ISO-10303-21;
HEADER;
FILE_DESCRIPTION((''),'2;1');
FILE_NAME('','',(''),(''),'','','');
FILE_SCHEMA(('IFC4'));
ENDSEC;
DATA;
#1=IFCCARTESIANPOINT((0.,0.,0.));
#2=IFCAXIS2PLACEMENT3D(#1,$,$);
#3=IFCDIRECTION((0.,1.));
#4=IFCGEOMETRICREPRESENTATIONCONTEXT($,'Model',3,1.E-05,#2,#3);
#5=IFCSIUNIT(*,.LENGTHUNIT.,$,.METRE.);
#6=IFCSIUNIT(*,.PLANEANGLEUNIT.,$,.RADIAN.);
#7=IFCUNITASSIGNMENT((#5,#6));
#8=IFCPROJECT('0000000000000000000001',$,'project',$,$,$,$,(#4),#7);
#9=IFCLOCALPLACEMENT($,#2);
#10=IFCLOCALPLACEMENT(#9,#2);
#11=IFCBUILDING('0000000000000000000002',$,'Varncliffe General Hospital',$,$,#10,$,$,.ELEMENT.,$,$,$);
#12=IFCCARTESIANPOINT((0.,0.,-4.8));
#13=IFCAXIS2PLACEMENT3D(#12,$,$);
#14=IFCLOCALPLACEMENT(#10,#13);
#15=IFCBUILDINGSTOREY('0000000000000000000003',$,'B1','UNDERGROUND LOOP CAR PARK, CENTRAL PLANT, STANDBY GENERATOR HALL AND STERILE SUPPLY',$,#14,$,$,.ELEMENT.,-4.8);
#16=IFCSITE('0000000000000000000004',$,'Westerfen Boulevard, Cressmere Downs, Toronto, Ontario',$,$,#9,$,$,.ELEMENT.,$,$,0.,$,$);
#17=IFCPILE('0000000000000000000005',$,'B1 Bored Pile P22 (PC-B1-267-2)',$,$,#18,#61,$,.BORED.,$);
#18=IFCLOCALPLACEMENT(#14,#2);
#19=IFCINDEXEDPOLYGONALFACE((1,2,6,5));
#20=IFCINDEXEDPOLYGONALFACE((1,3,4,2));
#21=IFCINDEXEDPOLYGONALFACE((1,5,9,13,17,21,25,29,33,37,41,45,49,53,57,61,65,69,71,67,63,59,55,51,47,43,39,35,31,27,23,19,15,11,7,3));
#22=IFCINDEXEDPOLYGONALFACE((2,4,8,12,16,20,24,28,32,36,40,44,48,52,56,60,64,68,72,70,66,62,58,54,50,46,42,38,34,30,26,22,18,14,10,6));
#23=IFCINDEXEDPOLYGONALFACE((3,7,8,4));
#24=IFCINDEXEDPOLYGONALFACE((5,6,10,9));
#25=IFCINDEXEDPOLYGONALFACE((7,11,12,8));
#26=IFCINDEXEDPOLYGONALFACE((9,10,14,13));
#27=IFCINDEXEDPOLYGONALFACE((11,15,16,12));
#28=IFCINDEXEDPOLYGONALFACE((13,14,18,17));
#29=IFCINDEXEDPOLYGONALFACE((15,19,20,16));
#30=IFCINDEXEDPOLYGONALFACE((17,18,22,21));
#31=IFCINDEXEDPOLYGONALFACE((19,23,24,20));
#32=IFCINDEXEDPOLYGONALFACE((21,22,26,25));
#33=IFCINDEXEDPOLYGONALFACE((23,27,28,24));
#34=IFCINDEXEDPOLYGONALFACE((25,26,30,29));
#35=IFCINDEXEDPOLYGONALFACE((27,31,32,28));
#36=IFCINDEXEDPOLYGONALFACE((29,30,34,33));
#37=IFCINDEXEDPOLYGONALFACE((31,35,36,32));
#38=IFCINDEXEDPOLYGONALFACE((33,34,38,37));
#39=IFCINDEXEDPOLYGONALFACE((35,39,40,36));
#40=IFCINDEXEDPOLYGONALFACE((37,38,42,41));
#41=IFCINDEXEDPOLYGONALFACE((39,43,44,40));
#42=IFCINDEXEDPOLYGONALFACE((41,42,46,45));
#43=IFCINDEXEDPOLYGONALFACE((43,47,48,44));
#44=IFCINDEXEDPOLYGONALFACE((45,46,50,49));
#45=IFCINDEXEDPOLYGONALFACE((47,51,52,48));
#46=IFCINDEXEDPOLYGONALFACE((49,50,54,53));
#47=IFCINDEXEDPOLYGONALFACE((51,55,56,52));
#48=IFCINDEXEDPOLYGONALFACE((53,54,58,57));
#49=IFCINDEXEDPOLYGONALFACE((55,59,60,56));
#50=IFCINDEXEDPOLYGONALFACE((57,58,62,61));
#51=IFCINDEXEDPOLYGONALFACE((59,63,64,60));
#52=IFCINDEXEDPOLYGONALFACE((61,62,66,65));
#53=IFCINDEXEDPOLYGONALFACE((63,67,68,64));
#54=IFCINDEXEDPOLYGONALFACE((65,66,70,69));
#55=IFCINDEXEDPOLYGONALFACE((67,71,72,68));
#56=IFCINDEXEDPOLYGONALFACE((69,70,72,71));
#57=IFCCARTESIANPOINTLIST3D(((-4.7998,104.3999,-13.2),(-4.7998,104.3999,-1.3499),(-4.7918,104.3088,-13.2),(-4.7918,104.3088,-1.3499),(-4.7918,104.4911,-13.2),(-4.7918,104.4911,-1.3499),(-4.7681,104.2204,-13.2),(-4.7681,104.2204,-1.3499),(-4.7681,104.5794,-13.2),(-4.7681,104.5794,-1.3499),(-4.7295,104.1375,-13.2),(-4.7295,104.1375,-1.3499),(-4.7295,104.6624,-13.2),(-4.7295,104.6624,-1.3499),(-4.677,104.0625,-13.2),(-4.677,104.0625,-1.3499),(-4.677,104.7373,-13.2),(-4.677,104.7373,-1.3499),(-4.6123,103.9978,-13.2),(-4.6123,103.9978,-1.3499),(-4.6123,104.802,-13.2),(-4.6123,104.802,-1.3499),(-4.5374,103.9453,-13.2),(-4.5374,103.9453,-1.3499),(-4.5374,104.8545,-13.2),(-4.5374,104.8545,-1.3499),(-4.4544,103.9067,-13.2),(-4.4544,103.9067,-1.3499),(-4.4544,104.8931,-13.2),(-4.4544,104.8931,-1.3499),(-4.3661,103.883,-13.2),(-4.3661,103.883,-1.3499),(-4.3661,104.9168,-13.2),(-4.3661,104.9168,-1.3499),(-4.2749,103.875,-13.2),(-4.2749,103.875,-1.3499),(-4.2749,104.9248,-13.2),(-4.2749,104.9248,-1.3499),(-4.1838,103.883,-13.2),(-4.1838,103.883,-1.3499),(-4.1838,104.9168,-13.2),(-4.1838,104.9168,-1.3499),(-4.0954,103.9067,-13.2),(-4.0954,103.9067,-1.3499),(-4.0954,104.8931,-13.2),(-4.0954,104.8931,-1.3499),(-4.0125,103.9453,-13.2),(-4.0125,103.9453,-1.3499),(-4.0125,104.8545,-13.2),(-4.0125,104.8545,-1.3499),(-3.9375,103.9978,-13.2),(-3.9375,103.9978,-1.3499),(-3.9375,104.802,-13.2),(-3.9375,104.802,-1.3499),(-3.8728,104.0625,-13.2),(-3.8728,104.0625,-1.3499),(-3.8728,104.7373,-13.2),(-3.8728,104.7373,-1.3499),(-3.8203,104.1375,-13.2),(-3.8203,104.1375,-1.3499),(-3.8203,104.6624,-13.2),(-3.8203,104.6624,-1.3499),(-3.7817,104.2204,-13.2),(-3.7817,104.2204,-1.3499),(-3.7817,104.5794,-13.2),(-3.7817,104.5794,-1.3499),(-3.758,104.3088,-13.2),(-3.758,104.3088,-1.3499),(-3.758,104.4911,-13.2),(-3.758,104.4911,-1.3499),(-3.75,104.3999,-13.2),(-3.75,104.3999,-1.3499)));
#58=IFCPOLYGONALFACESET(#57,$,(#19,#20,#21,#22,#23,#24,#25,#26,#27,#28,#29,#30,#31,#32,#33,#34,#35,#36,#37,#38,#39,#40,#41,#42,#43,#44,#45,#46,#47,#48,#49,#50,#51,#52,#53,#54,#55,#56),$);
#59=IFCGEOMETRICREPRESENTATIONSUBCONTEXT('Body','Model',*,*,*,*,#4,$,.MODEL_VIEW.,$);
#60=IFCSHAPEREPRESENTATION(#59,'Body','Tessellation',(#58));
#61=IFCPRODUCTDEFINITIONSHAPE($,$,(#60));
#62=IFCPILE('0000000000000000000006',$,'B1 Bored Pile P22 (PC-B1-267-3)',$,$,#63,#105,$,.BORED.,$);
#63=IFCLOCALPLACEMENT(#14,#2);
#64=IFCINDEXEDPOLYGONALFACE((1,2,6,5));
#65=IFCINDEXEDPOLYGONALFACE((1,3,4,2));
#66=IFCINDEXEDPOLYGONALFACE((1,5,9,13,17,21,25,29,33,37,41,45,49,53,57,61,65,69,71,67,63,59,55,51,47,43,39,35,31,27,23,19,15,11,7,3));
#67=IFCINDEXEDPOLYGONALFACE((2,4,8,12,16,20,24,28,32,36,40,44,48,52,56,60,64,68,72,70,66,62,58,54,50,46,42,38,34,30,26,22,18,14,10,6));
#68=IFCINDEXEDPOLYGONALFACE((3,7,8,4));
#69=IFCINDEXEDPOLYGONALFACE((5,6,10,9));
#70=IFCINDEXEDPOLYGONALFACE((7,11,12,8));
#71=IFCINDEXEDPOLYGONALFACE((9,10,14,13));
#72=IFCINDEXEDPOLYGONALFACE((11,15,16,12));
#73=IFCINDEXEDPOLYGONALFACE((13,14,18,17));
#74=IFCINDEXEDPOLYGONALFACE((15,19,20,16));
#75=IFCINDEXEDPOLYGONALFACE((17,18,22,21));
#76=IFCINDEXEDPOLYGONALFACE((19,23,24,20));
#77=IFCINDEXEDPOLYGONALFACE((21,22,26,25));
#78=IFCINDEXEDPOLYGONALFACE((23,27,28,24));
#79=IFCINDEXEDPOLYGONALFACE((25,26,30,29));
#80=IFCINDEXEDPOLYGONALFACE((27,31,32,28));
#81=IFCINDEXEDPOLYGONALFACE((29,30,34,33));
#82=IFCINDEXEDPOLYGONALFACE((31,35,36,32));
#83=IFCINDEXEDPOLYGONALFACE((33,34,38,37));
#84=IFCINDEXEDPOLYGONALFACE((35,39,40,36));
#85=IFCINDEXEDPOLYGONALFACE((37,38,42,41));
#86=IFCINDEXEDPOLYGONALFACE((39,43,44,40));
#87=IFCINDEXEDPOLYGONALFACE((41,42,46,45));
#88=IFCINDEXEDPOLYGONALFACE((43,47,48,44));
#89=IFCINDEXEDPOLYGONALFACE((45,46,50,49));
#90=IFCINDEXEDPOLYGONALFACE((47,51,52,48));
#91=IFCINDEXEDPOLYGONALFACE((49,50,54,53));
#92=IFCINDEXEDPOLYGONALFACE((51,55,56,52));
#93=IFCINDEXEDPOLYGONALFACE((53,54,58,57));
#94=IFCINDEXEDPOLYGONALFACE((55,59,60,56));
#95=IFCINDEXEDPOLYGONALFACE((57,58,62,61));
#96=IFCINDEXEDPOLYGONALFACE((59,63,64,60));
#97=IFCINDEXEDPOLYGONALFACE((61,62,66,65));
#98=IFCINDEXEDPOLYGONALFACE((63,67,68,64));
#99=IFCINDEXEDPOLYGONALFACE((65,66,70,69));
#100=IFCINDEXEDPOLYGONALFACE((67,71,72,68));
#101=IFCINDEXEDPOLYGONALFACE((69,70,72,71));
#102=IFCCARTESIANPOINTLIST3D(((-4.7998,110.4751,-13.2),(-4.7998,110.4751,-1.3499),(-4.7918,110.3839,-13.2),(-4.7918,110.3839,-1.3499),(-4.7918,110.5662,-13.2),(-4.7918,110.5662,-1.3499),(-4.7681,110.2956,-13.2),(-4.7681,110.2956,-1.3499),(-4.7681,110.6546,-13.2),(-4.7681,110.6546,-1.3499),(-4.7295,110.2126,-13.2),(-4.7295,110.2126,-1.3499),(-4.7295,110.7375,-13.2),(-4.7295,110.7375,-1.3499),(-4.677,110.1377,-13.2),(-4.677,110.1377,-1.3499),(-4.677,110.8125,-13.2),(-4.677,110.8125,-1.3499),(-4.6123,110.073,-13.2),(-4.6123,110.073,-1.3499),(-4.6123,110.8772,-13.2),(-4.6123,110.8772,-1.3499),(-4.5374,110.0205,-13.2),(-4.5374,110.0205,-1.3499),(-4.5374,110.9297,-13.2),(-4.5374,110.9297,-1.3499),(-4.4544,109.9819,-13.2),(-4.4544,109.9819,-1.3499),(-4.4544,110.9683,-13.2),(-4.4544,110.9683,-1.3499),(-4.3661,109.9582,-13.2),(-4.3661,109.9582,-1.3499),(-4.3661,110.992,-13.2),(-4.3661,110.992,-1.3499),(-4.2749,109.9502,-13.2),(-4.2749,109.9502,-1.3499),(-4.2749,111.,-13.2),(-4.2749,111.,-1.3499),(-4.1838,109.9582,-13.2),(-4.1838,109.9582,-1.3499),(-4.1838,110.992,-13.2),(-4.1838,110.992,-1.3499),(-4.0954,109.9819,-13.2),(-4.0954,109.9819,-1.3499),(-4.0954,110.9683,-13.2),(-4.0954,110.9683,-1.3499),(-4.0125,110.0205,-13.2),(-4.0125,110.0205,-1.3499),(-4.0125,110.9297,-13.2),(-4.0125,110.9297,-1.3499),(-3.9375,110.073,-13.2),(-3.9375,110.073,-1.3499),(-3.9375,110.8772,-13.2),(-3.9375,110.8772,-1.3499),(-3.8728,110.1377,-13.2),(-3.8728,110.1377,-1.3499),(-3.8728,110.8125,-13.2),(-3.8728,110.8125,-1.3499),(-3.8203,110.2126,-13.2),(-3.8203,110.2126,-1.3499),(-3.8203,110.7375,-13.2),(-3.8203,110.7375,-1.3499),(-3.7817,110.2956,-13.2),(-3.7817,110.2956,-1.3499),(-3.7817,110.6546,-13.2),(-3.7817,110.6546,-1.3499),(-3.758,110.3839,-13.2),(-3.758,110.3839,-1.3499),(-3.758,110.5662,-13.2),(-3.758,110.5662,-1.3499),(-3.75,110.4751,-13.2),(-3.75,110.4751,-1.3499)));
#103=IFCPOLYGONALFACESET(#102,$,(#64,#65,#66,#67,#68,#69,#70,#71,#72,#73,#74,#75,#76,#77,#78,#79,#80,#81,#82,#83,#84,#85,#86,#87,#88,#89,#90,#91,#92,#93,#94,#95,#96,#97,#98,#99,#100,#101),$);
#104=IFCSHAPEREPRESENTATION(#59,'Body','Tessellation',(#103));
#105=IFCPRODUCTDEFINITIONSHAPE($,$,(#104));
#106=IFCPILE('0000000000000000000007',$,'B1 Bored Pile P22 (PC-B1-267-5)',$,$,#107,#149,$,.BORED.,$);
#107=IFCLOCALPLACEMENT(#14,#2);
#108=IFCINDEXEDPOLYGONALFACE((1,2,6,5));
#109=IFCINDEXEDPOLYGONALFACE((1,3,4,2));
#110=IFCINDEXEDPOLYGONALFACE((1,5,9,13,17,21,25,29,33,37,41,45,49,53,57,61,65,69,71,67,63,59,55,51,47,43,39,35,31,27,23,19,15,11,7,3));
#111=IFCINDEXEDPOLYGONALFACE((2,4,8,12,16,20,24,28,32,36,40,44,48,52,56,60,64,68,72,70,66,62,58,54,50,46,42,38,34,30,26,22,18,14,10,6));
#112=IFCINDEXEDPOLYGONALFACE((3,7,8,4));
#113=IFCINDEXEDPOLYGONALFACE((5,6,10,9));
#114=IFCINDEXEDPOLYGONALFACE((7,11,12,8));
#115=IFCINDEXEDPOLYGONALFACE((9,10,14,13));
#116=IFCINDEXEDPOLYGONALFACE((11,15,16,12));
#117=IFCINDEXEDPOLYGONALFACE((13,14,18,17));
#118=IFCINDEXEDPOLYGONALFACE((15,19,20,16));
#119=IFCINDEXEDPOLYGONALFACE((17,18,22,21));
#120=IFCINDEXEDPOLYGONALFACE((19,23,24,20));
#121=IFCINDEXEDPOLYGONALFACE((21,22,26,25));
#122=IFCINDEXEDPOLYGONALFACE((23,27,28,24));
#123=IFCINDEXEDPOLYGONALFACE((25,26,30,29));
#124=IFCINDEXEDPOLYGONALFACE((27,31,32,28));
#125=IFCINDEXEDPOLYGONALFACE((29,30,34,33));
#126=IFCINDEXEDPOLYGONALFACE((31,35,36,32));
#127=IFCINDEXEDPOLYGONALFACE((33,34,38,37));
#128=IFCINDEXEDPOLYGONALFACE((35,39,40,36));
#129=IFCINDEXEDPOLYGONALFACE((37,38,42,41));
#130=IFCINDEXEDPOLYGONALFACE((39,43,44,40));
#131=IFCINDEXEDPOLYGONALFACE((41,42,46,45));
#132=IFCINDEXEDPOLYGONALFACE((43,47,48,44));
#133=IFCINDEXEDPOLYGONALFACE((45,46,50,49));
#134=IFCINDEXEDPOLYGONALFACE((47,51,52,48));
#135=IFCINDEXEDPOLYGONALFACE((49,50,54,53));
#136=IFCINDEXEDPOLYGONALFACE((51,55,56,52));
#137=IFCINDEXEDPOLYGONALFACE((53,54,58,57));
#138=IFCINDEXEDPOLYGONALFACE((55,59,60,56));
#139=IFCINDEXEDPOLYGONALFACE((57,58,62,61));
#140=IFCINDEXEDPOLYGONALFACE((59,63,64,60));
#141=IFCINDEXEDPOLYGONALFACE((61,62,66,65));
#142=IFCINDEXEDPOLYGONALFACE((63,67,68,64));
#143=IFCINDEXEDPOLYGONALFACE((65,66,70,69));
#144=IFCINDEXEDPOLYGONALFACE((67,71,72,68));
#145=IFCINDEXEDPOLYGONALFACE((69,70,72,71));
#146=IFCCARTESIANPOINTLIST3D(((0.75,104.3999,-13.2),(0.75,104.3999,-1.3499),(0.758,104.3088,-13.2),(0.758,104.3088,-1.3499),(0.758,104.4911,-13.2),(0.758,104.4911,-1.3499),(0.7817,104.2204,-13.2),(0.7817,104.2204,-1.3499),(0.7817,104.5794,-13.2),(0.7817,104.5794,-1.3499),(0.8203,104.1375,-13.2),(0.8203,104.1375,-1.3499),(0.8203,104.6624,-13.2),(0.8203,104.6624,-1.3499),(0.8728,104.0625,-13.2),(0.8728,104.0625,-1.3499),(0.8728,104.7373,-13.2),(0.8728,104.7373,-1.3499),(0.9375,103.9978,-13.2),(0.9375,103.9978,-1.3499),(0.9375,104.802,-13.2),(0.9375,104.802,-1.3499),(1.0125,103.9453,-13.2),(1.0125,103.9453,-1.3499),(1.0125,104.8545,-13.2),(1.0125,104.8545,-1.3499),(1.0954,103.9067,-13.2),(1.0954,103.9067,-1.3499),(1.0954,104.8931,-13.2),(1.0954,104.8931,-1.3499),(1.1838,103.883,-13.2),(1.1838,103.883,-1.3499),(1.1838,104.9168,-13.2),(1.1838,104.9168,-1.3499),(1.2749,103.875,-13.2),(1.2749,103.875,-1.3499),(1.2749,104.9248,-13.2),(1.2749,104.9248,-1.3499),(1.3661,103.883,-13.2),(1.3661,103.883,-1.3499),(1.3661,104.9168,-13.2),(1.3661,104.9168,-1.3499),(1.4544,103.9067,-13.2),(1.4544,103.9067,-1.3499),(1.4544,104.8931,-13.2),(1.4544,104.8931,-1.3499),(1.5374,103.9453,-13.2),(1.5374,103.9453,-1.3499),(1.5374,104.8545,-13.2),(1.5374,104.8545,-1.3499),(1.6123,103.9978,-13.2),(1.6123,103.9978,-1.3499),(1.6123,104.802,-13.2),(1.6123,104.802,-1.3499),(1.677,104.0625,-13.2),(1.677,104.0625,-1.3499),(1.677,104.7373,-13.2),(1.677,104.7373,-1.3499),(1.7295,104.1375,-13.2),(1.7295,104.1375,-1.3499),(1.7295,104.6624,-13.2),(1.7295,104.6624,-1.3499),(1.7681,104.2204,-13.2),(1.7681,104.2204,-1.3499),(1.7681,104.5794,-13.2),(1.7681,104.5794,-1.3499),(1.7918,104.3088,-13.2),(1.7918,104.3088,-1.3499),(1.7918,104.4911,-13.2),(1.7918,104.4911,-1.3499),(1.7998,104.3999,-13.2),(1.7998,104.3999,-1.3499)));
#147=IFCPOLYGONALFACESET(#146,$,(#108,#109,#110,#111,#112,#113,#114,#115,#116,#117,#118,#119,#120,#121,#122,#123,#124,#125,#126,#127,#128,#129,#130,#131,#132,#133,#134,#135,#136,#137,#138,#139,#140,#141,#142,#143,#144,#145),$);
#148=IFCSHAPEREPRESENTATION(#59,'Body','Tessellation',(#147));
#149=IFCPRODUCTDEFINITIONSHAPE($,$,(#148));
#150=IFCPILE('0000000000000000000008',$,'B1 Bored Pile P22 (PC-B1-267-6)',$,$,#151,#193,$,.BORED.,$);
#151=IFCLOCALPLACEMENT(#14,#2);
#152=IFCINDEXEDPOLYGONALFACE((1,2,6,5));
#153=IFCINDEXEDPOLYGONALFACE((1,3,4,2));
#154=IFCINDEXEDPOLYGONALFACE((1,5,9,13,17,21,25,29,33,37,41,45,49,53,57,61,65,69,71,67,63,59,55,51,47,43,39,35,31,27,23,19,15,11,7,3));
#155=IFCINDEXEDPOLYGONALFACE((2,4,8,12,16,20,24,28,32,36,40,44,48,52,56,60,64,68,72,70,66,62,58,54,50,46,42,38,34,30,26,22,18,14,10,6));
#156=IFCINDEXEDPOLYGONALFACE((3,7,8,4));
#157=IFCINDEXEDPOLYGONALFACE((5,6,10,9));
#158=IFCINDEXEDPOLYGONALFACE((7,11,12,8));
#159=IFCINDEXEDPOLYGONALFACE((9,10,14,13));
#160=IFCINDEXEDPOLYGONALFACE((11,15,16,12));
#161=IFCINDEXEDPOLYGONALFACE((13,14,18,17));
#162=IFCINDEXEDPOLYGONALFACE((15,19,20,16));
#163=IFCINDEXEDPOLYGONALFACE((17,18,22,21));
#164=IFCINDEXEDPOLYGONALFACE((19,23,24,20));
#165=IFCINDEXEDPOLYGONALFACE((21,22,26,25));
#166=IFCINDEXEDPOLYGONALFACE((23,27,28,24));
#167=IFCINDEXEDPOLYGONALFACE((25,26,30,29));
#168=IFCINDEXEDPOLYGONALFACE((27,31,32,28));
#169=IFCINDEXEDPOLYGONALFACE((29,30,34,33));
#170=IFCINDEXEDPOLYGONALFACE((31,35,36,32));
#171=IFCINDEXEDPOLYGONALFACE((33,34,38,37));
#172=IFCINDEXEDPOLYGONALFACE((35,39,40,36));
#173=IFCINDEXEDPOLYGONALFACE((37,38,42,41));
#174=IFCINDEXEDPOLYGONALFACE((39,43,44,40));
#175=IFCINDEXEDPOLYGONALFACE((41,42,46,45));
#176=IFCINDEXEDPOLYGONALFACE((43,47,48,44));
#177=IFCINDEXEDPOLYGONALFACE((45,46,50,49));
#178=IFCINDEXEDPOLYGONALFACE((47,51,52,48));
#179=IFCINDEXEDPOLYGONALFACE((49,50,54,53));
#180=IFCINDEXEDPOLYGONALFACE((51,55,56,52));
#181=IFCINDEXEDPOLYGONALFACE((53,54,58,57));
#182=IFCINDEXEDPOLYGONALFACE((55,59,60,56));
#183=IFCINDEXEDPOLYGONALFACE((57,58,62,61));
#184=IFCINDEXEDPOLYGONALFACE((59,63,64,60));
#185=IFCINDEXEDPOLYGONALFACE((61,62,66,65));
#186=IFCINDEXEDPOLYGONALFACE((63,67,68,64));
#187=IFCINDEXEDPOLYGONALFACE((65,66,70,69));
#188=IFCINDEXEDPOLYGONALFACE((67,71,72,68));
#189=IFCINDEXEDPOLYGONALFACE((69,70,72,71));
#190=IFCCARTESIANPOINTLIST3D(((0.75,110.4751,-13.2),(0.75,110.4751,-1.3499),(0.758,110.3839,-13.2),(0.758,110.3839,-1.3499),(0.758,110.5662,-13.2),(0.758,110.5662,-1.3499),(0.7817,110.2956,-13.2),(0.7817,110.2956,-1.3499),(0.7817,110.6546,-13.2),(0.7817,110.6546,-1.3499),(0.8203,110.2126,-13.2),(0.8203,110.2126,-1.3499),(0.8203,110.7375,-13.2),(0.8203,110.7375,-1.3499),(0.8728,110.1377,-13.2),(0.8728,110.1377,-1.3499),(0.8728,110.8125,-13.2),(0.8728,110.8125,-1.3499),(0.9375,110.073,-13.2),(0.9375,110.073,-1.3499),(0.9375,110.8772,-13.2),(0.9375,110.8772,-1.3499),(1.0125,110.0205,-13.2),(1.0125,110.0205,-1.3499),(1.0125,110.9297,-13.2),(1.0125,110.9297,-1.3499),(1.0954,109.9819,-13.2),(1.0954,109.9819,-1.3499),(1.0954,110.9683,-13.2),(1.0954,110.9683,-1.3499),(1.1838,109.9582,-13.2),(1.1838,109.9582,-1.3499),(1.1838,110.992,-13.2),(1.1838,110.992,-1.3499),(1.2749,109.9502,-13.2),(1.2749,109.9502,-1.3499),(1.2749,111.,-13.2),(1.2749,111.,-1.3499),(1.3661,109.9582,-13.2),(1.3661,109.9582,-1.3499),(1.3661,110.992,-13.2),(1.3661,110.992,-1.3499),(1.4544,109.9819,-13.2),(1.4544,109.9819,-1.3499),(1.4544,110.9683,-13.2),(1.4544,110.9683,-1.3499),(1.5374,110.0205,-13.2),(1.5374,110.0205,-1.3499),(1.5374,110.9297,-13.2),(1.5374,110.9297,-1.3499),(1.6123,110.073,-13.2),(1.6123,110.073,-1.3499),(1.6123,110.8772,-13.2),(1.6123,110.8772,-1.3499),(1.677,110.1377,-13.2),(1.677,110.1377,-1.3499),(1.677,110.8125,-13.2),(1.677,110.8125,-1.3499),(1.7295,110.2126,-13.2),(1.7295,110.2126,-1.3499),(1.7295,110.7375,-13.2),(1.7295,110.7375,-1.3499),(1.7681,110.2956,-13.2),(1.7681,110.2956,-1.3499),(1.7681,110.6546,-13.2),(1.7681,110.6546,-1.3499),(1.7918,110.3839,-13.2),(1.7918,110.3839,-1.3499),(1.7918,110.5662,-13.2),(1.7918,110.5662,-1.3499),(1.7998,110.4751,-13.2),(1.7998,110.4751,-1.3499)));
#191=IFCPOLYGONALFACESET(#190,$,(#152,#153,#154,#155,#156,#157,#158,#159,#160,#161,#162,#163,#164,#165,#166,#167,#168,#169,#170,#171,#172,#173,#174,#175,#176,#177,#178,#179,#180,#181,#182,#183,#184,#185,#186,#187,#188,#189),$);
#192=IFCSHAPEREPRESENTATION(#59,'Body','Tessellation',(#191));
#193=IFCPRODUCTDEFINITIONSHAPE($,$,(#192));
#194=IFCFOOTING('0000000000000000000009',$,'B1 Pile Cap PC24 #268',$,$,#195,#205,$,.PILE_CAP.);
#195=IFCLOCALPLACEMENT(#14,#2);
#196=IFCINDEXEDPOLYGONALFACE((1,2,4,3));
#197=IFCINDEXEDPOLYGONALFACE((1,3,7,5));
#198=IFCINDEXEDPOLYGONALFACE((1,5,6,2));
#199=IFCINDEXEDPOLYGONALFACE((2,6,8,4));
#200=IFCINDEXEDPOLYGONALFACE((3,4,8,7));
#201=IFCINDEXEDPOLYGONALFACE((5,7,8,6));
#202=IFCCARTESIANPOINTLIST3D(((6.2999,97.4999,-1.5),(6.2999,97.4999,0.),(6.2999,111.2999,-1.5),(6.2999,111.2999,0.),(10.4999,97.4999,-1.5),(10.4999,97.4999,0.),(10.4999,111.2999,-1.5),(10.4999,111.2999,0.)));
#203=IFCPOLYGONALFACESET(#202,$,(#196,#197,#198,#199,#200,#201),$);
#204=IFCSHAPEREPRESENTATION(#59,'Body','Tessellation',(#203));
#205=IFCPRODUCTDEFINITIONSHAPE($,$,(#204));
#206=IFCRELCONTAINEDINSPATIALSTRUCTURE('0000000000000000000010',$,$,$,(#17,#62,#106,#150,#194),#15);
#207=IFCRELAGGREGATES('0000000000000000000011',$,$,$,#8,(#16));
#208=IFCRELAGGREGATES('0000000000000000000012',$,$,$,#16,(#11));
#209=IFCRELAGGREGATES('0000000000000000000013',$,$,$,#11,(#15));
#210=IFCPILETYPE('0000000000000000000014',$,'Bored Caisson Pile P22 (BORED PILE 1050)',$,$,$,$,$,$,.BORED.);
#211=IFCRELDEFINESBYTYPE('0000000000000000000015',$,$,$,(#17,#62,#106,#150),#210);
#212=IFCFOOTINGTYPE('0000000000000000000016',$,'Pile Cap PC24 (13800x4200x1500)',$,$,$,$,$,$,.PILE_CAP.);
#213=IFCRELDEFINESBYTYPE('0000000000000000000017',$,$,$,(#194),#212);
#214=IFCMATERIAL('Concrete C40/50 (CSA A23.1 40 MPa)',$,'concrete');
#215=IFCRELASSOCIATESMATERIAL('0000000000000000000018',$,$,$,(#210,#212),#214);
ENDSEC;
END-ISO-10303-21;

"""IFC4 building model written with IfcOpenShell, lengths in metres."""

from ifc_helpers import new_model, si_unit, direction, frame, origin, origin_2d, place, context, subcontext, project, spatial, rectangle, circle, extrude, material, material_profile, profile_set, type_object, element, save


model = new_model("IFC4")

# Units and contexts
model_context = context("Model", 3, precision=1e-05, world=origin(), true_north=direction((0.0, 1.0)))
body_context = subcontext(model_context, "Body", "Model", "MODEL_VIEW")
ifc_project = project(units=[si_unit("LENGTHUNIT", "METRE"), si_unit("PLANEANGLEUNIT", "RADIAN")], contexts=[model_context])

# Site, building, storey
site_placement = place(None, origin())
site = spatial("IfcSite", under=ifc_project, at=site_placement, Name="Westerfen Boulevard, Cressmere Downs, Toronto, Ontario", CompositionType="ELEMENT", RefElevation=0.0)
building_placement = place(site_placement, origin())
building = spatial("IfcBuilding", under=site, at=building_placement, Name="Varncliffe General Hospital", CompositionType="ELEMENT")
storey_placement = place(building_placement, frame((0.0, 0.0, -4.8)))
storey = spatial("IfcBuildingStorey", under=building, at=storey_placement, Name="B1", Description="UNDERGROUND LOOP CAR PARK, CENTRAL PLANT, STANDBY GENERATOR HALL AND STERILE SUPPLY", CompositionType="ELEMENT", Elevation=-4.8)

# Piles
ifc_material_1 = material(Name="Concrete C40/50 (CSA A23.1 40 MPa)", Category="concrete")
ifc_material_profile_1 = material_profile(ifc_material_1, circle(Radius=0.5249, at=origin_2d()), Name="BORED PILE 1050")
ifc_profile_set_1 = profile_set([ifc_material_profile_1], Name="Concrete C40/50 (CSA A23.1 40 MPa)")
pile_type = type_object("IfcPileType", Name="Bored Caisson Pile P22 (BORED PILE 1050)", PredefinedType="BORED", material=ifc_profile_set_1)
for number, where, z_axis, x_axis, name in (
    (1, (-4.2749, 104.3999, -1.3499), (0.0, 0.0, -1.0), (1.0, 0.0, 0.0), "B1 Bored Pile P22 (PC-B1-267-2)"),
    (2, (-4.2749, 110.4751, -1.3499), (0.0, 0.0, -1.0), (1.0, 0.0, 0.0), "B1 Bored Pile P22 (PC-B1-267-3)"),
    (3, (1.2749, 104.3999, -1.3499), (0.0, 0.0, -1.0), (1.0, 0.0, 0.0), "B1 Bored Pile P22 (PC-B1-267-5)"),
    (4, (1.2749, 110.4751, -1.3499), (0.0, 0.0, -1.0), (1.0, 0.0, 0.0), "B1 Bored Pile P22 (PC-B1-267-6)"),
):
    element("IfcPile", number, at=place(storey_placement, frame(where, z_axis=z_axis, x_axis=x_axis)), inside=storey, type_object=pile_type, Name=name, PredefinedType="BORED", context=body_context, shape_type="SweptSolid", body=[
        extrude(circle(Radius=0.5249, at=origin_2d()), origin(), (0.0, 0.0, 1.0), 11.8501),
    ])

# Footing
footing_type_1 = type_object("IfcFootingType", Name="Pile Cap PC24 (13800x4200x1500)", PredefinedType="PILE_CAP", material=ifc_material_1)
footing_1_placement = place(storey_placement, frame((8.3999, 104.3999, -1.5), z_axis=(0.0, 0.0, 1.0), x_axis=(1.0, 0.0, 0.0)))
element("IfcFooting", 5, at=footing_1_placement, inside=storey, type_object=footing_type_1, Name="B1 Pile Cap PC24 #268", PredefinedType="PILE_CAP", context=body_context, shape_type="SweptSolid", body=[
    extrude(rectangle(XDim=4.2, YDim=13.8, at=origin_2d()), origin(), (0.0, 0.0, 1.0), 1.5),
])

save(model, "model.ifc")
